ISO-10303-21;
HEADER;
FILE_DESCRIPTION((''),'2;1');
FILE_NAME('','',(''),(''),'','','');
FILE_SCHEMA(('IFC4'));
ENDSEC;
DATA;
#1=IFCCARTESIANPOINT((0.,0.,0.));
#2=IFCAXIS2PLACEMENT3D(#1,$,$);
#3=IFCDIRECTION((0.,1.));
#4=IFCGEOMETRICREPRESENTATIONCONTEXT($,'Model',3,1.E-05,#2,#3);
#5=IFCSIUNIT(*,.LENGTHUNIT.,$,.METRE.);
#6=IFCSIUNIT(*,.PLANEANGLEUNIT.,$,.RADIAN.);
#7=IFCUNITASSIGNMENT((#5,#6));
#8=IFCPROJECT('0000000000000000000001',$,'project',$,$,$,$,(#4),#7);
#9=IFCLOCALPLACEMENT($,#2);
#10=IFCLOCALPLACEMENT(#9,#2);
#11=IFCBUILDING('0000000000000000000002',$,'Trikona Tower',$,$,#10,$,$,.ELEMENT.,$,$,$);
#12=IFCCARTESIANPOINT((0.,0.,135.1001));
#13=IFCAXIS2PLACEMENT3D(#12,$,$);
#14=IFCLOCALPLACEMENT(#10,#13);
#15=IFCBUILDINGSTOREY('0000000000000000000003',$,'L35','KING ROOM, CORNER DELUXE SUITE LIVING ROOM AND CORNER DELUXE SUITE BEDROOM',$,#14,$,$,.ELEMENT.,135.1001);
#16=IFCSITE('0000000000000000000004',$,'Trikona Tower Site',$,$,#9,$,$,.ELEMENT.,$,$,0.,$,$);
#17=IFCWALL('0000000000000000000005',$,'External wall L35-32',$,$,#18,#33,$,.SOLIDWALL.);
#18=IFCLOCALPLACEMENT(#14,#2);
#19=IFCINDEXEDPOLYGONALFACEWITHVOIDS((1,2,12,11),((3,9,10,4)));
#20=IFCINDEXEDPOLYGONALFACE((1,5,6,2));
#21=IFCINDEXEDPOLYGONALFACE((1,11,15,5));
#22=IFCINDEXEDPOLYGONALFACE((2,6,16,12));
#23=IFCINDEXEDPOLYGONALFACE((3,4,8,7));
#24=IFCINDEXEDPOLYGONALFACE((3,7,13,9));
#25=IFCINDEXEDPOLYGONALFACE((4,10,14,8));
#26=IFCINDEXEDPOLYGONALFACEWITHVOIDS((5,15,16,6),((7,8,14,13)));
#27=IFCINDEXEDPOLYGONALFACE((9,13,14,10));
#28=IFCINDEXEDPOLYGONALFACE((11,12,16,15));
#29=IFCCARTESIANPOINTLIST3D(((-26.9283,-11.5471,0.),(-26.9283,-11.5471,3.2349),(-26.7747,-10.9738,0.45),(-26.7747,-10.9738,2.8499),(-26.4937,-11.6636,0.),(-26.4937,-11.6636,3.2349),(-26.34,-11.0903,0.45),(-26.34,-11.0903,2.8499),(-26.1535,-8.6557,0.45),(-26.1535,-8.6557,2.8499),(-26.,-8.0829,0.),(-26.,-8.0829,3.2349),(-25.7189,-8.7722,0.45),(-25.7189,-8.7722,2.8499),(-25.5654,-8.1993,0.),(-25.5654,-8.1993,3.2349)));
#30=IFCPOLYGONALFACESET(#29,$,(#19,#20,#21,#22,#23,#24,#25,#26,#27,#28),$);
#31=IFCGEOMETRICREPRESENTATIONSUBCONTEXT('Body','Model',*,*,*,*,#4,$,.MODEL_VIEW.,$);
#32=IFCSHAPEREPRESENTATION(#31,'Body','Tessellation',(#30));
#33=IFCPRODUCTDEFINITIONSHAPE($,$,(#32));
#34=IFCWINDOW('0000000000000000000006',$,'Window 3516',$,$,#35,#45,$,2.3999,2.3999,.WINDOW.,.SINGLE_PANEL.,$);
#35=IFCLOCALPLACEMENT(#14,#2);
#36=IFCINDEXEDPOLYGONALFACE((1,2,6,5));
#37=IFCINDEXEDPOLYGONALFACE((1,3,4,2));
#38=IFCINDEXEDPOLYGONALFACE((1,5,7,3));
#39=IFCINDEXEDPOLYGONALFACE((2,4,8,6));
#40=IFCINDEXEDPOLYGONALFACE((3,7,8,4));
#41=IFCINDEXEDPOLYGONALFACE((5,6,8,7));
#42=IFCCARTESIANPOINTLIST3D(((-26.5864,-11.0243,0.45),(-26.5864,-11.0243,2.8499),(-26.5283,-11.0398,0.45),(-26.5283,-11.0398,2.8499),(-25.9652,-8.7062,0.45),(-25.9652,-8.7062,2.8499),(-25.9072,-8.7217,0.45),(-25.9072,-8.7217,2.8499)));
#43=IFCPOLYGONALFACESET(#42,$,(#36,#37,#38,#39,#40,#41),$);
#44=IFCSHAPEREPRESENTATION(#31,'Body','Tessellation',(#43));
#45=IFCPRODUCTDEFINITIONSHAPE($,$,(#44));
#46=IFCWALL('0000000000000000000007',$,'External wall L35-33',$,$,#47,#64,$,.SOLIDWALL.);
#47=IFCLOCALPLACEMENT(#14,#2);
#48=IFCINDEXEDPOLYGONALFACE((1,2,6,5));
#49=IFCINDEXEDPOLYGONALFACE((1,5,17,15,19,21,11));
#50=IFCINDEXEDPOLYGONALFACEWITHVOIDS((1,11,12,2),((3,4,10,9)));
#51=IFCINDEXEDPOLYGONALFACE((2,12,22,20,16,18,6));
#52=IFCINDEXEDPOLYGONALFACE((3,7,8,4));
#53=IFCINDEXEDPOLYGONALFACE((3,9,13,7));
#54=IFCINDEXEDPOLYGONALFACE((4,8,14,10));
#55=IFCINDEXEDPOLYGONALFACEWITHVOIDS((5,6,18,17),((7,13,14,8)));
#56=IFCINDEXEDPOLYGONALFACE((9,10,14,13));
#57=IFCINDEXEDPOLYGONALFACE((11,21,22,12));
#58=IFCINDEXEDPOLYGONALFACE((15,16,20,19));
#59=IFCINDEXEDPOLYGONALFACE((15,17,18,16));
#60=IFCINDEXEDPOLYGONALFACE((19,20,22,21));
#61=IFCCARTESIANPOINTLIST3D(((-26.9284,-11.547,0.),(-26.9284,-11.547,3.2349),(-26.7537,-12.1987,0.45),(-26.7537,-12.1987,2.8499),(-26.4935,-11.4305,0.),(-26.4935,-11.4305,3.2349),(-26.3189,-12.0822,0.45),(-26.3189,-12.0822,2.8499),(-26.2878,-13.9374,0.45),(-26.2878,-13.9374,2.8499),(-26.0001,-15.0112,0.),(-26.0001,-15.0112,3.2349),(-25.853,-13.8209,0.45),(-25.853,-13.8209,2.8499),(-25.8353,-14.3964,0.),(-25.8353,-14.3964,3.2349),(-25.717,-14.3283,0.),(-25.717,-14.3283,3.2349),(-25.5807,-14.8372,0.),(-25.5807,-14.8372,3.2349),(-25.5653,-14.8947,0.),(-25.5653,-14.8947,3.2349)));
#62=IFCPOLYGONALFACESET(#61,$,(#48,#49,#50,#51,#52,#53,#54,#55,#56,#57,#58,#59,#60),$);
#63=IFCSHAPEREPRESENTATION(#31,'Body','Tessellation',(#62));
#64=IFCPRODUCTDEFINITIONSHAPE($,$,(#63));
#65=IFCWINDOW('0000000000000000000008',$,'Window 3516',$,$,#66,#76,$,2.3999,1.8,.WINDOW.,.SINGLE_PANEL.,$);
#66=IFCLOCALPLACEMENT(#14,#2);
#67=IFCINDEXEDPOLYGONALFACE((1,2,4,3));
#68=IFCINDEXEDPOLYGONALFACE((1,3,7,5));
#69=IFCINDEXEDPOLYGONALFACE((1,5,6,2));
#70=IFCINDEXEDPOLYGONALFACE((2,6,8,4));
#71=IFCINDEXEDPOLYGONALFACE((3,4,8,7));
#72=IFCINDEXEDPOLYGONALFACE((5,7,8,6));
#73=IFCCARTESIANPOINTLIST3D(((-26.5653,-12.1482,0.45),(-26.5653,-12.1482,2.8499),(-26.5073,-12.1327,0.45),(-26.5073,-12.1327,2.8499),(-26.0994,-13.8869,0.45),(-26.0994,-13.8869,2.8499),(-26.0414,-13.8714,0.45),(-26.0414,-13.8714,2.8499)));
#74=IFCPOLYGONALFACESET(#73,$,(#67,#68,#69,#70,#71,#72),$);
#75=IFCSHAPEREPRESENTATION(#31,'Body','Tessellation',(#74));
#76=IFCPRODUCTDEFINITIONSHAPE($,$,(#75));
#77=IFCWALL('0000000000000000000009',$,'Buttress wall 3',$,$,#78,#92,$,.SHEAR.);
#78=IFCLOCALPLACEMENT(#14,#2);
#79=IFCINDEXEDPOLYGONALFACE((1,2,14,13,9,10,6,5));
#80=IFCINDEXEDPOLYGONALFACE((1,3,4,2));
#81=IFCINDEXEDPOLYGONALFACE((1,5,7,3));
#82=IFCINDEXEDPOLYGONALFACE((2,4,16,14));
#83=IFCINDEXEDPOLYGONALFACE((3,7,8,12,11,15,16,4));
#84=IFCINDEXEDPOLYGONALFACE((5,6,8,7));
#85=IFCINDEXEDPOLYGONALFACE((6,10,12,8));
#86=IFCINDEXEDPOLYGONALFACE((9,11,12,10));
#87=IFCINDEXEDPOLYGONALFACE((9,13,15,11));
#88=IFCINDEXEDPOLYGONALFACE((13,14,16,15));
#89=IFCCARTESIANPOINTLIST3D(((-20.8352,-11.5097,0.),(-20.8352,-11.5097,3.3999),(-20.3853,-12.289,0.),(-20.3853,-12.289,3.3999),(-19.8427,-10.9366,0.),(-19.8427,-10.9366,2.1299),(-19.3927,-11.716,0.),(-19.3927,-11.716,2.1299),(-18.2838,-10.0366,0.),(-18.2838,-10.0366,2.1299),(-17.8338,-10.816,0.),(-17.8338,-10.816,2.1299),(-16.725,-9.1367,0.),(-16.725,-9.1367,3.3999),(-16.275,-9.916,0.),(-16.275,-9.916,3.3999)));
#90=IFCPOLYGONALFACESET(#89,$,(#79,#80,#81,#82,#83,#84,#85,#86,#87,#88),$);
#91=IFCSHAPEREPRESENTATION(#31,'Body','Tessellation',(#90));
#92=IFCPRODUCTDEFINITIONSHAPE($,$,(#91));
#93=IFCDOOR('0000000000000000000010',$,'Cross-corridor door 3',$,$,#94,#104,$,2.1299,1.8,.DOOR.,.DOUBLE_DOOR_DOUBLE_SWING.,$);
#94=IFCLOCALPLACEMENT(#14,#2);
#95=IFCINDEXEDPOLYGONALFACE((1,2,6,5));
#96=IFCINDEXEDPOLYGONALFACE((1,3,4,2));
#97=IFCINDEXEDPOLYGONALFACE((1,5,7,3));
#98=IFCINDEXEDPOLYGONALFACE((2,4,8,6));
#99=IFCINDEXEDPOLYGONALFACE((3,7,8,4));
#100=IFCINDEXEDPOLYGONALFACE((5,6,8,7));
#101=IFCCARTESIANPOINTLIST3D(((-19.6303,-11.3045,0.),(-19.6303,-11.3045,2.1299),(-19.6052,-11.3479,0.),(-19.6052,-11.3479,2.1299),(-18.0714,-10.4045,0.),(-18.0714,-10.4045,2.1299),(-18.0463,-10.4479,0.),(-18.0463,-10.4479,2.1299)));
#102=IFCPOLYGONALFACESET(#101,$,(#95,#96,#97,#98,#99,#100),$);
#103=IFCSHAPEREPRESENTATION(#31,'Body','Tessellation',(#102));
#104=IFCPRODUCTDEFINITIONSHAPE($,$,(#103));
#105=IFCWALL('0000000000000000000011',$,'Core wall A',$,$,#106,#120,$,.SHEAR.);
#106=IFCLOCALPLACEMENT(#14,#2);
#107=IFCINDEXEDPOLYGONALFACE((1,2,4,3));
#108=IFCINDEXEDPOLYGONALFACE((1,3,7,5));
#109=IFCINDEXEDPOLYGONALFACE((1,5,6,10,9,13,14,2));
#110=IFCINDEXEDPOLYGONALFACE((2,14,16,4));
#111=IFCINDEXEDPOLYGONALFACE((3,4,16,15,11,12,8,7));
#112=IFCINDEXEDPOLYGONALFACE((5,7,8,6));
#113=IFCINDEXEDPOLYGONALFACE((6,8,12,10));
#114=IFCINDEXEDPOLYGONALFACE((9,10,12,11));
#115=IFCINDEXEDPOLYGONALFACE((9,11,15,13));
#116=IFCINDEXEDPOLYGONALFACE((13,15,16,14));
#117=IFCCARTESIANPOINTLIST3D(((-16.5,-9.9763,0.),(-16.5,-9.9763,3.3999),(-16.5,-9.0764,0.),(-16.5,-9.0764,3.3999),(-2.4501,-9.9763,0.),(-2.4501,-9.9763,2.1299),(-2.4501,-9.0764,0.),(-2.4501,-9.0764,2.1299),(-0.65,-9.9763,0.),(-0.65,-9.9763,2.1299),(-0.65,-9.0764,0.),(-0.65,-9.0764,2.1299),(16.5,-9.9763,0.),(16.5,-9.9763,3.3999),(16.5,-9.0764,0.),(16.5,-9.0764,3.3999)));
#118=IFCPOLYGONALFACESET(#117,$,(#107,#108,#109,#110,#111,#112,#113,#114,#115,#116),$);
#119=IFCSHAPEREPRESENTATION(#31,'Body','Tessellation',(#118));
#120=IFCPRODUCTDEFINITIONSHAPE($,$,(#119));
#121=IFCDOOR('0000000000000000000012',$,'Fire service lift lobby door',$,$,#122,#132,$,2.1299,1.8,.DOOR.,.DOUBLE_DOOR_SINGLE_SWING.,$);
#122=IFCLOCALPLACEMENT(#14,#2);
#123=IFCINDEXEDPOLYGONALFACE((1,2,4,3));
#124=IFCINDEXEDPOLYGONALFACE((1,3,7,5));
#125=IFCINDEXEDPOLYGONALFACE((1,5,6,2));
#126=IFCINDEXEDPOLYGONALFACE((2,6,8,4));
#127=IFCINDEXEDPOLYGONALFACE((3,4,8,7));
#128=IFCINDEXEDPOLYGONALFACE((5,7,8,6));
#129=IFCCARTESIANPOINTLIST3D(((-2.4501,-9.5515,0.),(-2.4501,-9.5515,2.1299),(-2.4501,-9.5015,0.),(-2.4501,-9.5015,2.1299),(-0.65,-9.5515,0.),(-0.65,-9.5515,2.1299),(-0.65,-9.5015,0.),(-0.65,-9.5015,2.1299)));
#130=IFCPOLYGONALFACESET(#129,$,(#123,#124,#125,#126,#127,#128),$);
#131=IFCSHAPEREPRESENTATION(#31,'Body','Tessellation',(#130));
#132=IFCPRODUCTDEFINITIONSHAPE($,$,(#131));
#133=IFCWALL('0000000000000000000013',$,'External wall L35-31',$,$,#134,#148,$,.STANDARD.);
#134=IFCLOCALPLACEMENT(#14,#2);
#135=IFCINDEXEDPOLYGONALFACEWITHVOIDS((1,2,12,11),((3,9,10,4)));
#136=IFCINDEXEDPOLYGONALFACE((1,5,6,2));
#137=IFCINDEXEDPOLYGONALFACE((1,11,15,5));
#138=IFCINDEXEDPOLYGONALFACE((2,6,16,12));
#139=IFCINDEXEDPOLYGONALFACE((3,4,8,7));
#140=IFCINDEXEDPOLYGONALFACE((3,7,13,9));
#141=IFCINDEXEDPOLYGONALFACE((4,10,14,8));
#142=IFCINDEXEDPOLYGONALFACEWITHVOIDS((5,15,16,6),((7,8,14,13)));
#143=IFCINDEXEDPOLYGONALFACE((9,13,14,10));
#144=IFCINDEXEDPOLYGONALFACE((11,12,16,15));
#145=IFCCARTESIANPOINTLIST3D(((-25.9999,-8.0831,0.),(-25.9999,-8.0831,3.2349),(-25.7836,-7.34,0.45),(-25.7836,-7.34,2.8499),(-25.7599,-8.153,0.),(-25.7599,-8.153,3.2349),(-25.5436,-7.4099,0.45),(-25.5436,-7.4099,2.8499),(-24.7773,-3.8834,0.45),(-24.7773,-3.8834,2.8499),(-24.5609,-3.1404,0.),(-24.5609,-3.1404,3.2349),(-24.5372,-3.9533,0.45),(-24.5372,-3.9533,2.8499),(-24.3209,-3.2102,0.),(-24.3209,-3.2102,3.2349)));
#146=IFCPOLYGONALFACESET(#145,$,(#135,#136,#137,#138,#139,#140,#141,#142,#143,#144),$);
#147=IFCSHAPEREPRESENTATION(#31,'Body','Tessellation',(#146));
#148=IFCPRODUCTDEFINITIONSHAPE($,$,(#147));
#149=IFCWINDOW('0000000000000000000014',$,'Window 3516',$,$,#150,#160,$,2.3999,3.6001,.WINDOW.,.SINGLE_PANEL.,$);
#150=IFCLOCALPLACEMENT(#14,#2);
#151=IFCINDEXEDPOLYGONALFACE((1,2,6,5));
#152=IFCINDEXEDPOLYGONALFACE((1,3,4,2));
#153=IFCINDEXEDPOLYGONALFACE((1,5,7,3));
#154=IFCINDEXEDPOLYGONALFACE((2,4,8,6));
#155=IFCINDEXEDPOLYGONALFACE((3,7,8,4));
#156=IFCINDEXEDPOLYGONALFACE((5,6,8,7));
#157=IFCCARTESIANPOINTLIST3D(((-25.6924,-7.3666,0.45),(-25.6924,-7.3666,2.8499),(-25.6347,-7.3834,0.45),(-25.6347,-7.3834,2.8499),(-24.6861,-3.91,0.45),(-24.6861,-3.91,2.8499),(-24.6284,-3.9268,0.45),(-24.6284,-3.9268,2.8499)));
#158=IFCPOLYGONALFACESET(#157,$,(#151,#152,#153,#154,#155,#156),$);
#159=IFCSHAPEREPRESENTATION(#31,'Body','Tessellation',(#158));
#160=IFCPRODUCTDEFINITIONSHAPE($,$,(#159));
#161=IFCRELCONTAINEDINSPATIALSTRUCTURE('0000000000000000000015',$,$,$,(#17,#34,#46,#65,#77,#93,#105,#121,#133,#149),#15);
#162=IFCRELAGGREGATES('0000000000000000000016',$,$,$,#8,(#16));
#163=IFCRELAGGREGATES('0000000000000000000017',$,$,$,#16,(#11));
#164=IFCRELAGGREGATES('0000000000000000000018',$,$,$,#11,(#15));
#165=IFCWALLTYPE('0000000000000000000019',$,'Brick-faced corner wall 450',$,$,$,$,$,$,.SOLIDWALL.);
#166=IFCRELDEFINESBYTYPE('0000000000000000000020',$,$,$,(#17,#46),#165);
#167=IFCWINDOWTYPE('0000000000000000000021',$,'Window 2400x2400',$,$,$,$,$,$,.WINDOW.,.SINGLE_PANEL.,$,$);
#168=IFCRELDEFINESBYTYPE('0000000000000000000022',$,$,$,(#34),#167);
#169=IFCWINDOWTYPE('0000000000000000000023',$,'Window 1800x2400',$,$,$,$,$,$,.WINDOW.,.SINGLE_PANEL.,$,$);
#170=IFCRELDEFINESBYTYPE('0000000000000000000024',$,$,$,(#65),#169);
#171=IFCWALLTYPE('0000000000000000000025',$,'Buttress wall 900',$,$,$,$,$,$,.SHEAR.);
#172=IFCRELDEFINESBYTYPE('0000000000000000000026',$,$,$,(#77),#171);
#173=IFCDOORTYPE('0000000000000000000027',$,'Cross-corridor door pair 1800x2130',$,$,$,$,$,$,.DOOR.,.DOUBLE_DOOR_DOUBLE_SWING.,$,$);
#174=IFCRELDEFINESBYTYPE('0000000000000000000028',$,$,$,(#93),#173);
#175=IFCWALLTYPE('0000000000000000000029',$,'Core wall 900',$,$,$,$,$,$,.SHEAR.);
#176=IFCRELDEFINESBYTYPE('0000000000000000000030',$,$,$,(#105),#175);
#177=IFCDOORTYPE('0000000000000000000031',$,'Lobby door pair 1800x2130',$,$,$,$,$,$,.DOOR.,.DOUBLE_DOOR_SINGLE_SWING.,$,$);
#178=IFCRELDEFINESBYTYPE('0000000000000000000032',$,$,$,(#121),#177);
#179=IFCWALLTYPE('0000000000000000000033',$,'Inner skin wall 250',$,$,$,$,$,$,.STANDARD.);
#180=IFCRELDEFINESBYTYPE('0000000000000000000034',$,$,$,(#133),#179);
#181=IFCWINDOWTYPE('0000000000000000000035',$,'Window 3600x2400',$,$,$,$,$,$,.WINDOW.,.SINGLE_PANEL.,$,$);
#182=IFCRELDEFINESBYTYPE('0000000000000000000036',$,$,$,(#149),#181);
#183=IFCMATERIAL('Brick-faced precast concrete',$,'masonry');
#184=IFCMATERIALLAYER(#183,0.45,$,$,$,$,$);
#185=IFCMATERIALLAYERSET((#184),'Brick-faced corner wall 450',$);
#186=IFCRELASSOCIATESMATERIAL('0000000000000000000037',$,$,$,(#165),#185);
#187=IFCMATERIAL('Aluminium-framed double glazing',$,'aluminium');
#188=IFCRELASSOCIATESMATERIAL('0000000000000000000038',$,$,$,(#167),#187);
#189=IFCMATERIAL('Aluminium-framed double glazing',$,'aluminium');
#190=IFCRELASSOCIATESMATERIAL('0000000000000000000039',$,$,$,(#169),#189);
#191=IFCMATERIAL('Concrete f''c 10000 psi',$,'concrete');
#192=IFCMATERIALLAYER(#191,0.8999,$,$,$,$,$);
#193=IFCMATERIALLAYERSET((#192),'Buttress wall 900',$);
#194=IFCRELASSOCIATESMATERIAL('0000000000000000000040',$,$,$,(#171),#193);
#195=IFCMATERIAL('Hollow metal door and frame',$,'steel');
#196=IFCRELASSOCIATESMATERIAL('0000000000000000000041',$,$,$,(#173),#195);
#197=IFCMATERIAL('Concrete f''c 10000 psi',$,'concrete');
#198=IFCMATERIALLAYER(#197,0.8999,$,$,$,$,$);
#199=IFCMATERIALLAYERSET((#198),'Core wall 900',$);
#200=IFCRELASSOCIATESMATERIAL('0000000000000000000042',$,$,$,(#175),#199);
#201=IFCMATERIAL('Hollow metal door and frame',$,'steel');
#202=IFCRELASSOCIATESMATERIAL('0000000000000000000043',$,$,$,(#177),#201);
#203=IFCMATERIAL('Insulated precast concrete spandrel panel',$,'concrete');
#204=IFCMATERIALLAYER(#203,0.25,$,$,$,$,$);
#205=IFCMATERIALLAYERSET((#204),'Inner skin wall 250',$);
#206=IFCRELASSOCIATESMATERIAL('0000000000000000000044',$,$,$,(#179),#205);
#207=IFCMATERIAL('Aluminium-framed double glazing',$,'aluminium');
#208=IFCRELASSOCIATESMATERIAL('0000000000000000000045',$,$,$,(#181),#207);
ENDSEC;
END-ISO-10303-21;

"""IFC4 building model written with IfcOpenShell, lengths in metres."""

from ifc_helpers import new_model, si_unit, direction, frame, frame_2d, origin, place, context, subcontext, project, spatial, polyline, rectangle, outline, extrude, material, layer, layer_set, type_object, element, fill, save


model = new_model("IFC4")

# Units and contexts
model_context = context("Model", 3, precision=1e-05, world=origin(), true_north=direction((0.0, 1.0)))
body_context = subcontext(model_context, "Body", "Model", "MODEL_VIEW")
ifc_project = project(units=[si_unit("LENGTHUNIT", "METRE"), si_unit("PLANEANGLEUNIT", "RADIAN")], contexts=[model_context])

# Site, building, storey
site_placement = place(None, origin())
site = spatial("IfcSite", under=ifc_project, at=site_placement, Name="Trikona Tower Site", CompositionType="ELEMENT", RefElevation=0.0)
building_placement = place(site_placement, origin())
building = spatial("IfcBuilding", under=site, at=building_placement, Name="Trikona Tower", CompositionType="ELEMENT")
storey_placement = place(building_placement, frame((0.0, 0.0, 135.1001)))
storey = spatial("IfcBuildingStorey", under=building, at=storey_placement, Name="L35", Description="KING ROOM, CORNER DELUXE SUITE LIVING ROOM AND CORNER DELUXE SUITE BEDROOM", CompositionType="ELEMENT", Elevation=135.1001)

# Walls, openings, windows
ifc_material_1 = material(Name="Brick-faced precast concrete", Category="masonry")
ifc_layer_1 = layer(ifc_material_1, 0.45)
ifc_layer_set_1 = layer_set([ifc_layer_1], Name="Brick-faced corner wall 450")
wall_type_1 = type_object("IfcWallType", Name="Brick-faced corner wall 450", PredefinedType="SOLIDWALL", material=ifc_layer_set_1)
wall_1_placement = place(storey_placement, frame((-25.7827, -8.1411, 0.0), z_axis=(0.0, 0.0, 1.0), x_axis=(-0.258823, -0.965925, 0.0)))
wall_1 = element("IfcWall", 1, at=wall_1_placement, inside=storey, type_object=wall_type_1, Name="External wall L35-32", PredefinedType="SOLIDWALL", context=body_context, shape_type="SweptSolid", body=[
    extrude(rectangle(XDim=3.5864, YDim=0.45, at=frame_2d((1.7932, 0.0))), origin(), (0.0, 0.0, 1.0), 3.2349),
])
opening_1_placement = place(wall_1_placement, frame((0.593, 0.0, 0.45)))
opening_1 = element("IfcOpeningElement", 2, at=opening_1_placement, cuts=wall_1, PredefinedType="OPENING", context=body_context, shape_type="SweptSolid", body=[
    extrude(rectangle(XDim=2.3999, YDim=2.3999, at=frame_2d((1.2, 1.2))), frame((0.0, 0.2349, 0.0), z_axis=(0.0, -1.0, 0.0), x_axis=(1.0, 0.0, 0.0)), (0.0, 0.0, 1.0), 0.47),
])
ifc_material_2 = material(Name="Aluminium-framed double glazing", Category="aluminium")
window_type_1 = type_object("IfcWindowType", Name="Window 2400x2400", PartitioningType="SINGLE_PANEL", PredefinedType="WINDOW", material=ifc_material_2)
window_1_placement = place(opening_1_placement, origin())
window_1 = element("IfcWindow", 3, at=window_1_placement, inside=storey, type_object=window_type_1, Name="Window 3516", OverallHeight=2.3999, OverallWidth=2.3999, PartitioningType="SINGLE_PANEL", PredefinedType="WINDOW", context=body_context, shape_type="SweptSolid", body=[
    extrude(rectangle(XDim=2.3999, YDim=2.3999, at=frame_2d((1.2, 1.2))), frame((0.0, 0.03, 0.0), z_axis=(0.0, -1.0, 0.0), x_axis=(1.0, 0.0, 0.0)), (0.0, 0.0, 1.0), 0.0601),
])
fill(opening_1, window_1)
wall_2_placement = place(storey_placement, frame((-26.7109, -11.4888, 0.0), z_axis=(0.0, 0.0, 1.0), x_axis=(0.258823, -0.965925, 0.0)))
wall_2 = element("IfcWall", 4, at=wall_2_placement, inside=storey, type_object=wall_type_1, Name="External wall L35-33", PredefinedType="SOLIDWALL", context=body_context, shape_type="SweptSolid", body=[
    extrude(outline(polyline([(3.5864, 0.2251), (3.5269, 0.2251), (3.0352, 0.0933), (3.0, 0.2251), (0.0, 0.2251), (0.0, -0.2251), (3.5864, -0.2251), (3.5864, 0.2251)])), origin(), (0.0, 0.0, 1.0), 3.2349),
])
opening_2_placement = place(wall_2_placement, frame((0.6748, 0.0, 0.45)))
opening_2 = element("IfcOpeningElement", 5, at=opening_2_placement, cuts=wall_2, PredefinedType="OPENING", context=body_context, shape_type="SweptSolid", body=[
    extrude(rectangle(XDim=1.8, YDim=2.3999, at=frame_2d((0.8999, 1.2))), frame((0.0, 0.2349, 0.0), z_axis=(0.0, -1.0, 0.0), x_axis=(1.0, 0.0, 0.0)), (0.0, 0.0, 1.0), 0.47),
])
ifc_material_3 = material(Name="Aluminium-framed double glazing", Category="aluminium")
window_type_2 = type_object("IfcWindowType", Name="Window 1800x2400", PartitioningType="SINGLE_PANEL", PredefinedType="WINDOW", material=ifc_material_3)
window_2_placement = place(opening_2_placement, origin())
window_2 = element("IfcWindow", 6, at=window_2_placement, inside=storey, type_object=window_type_2, Name="Window 3516", OverallHeight=2.3999, OverallWidth=1.8, PartitioningType="SINGLE_PANEL", PredefinedType="WINDOW", context=body_context, shape_type="SweptSolid", body=[
    extrude(rectangle(XDim=1.8, YDim=2.3999, at=frame_2d((0.8999, 1.2))), frame((0.0, 0.03, 0.0), z_axis=(0.0, -1.0, 0.0), x_axis=(1.0, 0.0, 0.0)), (0.0, 0.0, 1.0), 0.0601),
])
fill(opening_2, window_2)

# Walls, openings, doors
ifc_material_4 = material(Name="Concrete f'c 10000 psi", Category="concrete")
ifc_layer_2 = layer(ifc_material_4, 0.8999)
ifc_layer_set_2 = layer_set([ifc_layer_2], Name="Buttress wall 900")
wall_type_2 = type_object("IfcWallType", Name="Buttress wall 900", PredefinedType="SHEAR", material=ifc_layer_set_2)
wall_3_placement = place(storey_placement, frame((-16.5, -9.5264, 0.0), z_axis=(0.0, 0.0, 1.0), x_axis=(-0.866031, -0.49999, 0.0)))
wall_3 = element("IfcWall", 7, at=wall_3_placement, inside=storey, type_object=wall_type_2, Name="Buttress wall 3", PredefinedType="SHEAR", context=body_context, shape_type="SweptSolid", body=[
    extrude(rectangle(XDim=4.7461, YDim=0.8999, at=frame_2d((2.373, 0.0))), origin(), (0.0, 0.0, 1.0), 3.3999),
])
opening_3_placement = place(wall_3_placement, frame((1.8, 0.0, 0.0)))
opening_3 = element("IfcOpeningElement", 8, at=opening_3_placement, cuts=wall_3, PredefinedType="OPENING", context=body_context, shape_type="SweptSolid", body=[
    extrude(rectangle(XDim=1.8, YDim=2.1299, at=frame_2d((0.8999, 1.0649))), frame((0.0, 0.46, 0.0), z_axis=(0.0, -1.0, 0.0), x_axis=(1.0, 0.0, 0.0)), (0.0, 0.0, 1.0), 0.9199),
])
ifc_material_5 = material(Name="Hollow metal door and frame", Category="steel")
door_type_1 = type_object("IfcDoorType", Name="Cross-corridor door pair 1800x2130", OperationType="DOUBLE_DOOR_DOUBLE_SWING", PredefinedType="DOOR", material=ifc_material_5)
door_1_placement = place(opening_3_placement, origin())
door_1 = element("IfcDoor", 9, at=door_1_placement, inside=storey, type_object=door_type_1, Name="Cross-corridor door 3", OperationType="DOUBLE_DOOR_DOUBLE_SWING", OverallHeight=2.1299, OverallWidth=1.8, PredefinedType="DOOR", context=body_context, shape_type="SweptSolid", body=[
    extrude(rectangle(XDim=1.8, YDim=2.1299, at=frame_2d((0.8999, 1.0649))), frame((0.0, 0.0249, 0.0), z_axis=(0.0, -1.0, 0.0), x_axis=(1.0, 0.0, 0.0)), (0.0, 0.0, 1.0), 0.05),
])
fill(opening_3, door_1)
ifc_material_6 = material(Name="Concrete f'c 10000 psi", Category="concrete")
ifc_layer_3 = layer(ifc_material_6, 0.8999)
ifc_layer_set_3 = layer_set([ifc_layer_3], Name="Core wall 900")
wall_type_3 = type_object("IfcWallType", Name="Core wall 900", PredefinedType="SHEAR", material=ifc_layer_set_3)
wall_4_placement = place(storey_placement, frame((-16.5, -9.5264, 0.0), z_axis=(0.0, 0.0, 1.0), x_axis=(1.0, 0.0, 0.0)))
wall_4 = element("IfcWall", 10, at=wall_4_placement, inside=storey, type_object=wall_type_3, Name="Core wall A", PredefinedType="SHEAR", context=body_context, shape_type="SweptSolid", body=[
    extrude(rectangle(XDim=33.0, YDim=0.8999, at=frame_2d((16.5, 0.0))), origin(), (0.0, 0.0, 1.0), 3.3999),
])
opening_4_placement = place(wall_4_placement, frame((14.05, 0.0, 0.0)))
opening_4 = element("IfcOpeningElement", 11, at=opening_4_placement, cuts=wall_4, PredefinedType="OPENING", context=body_context, shape_type="SweptSolid", body=[
    extrude(rectangle(XDim=1.8, YDim=2.1299, at=frame_2d((0.8999, 1.0649))), frame((0.0, 0.46, 0.0), z_axis=(0.0, -1.0, 0.0), x_axis=(1.0, 0.0, 0.0)), (0.0, 0.0, 1.0), 0.9199),
])
ifc_material_7 = material(Name="Hollow metal door and frame", Category="steel")
door_type_2 = type_object("IfcDoorType", Name="Lobby door pair 1800x2130", OperationType="DOUBLE_DOOR_SINGLE_SWING", PredefinedType="DOOR", material=ifc_material_7)
door_2_placement = place(opening_4_placement, origin())
door_2 = element("IfcDoor", 12, at=door_2_placement, inside=storey, type_object=door_type_2, Name="Fire service lift lobby door", OperationType="DOUBLE_DOOR_SINGLE_SWING", OverallHeight=2.1299, OverallWidth=1.8, PredefinedType="DOOR", context=body_context, shape_type="SweptSolid", body=[
    extrude(rectangle(XDim=1.8, YDim=2.1299, at=frame_2d((0.8999, 1.0649))), frame((0.0, 0.0249, 0.0), z_axis=(0.0, -1.0, 0.0), x_axis=(1.0, 0.0, 0.0)), (0.0, 0.0, 1.0), 0.05),
])
fill(opening_4, door_2)

# Wall, opening, window
ifc_material_8 = material(Name="Insulated precast concrete spandrel panel", Category="concrete")
ifc_layer_4 = layer(ifc_material_8, 0.25)
ifc_layer_set_4 = layer_set([ifc_layer_4], Name="Inner skin wall 250")
wall_type_4 = type_object("IfcWallType", Name="Inner skin wall 250", PredefinedType="STANDARD", material=ifc_layer_set_4)
wall_5_placement = place(storey_placement, frame((-24.4409, -3.1753, 0.0), z_axis=(0.0, 0.0, 1.0), x_axis=(-0.279528, -0.960137, 0.0)))
wall_5 = element("IfcWall", 13, at=wall_5_placement, inside=storey, type_object=wall_type_4, Name="External wall L35-31", PredefinedType="STANDARD", context=body_context, shape_type="SweptSolid", body=[
    extrude(rectangle(XDim=5.1479, YDim=0.25, at=frame_2d((2.574, 0.0))), origin(), (0.0, 0.0, 1.0), 3.2349),
])
opening_5_placement = place(wall_5_placement, frame((0.7739, 0.0, 0.45)))
opening_5 = element("IfcOpeningElement", 14, at=opening_5_placement, cuts=wall_5, PredefinedType="OPENING", context=body_context, shape_type="SweptSolid", body=[
    extrude(rectangle(XDim=3.6001, YDim=2.3999, at=frame_2d((1.8, 1.2))), frame((0.0, 0.135, 0.0), z_axis=(0.0, -1.0, 0.0), x_axis=(1.0, 0.0, 0.0)), (0.0, 0.0, 1.0), 0.27),
])
ifc_material_9 = material(Name="Aluminium-framed double glazing", Category="aluminium")
window_type_3 = type_object("IfcWindowType", Name="Window 3600x2400", PartitioningType="SINGLE_PANEL", PredefinedType="WINDOW", material=ifc_material_9)
window_3_placement = place(opening_5_placement, origin())
window_3 = element("IfcWindow", 15, at=window_3_placement, inside=storey, type_object=window_type_3, Name="Window 3516", OverallHeight=2.3999, OverallWidth=3.6001, PartitioningType="SINGLE_PANEL", PredefinedType="WINDOW", context=body_context, shape_type="SweptSolid", body=[
    extrude(rectangle(XDim=3.6001, YDim=2.3999, at=frame_2d((1.8, 1.2))), frame((0.0, 0.03, 0.0), z_axis=(0.0, -1.0, 0.0), x_axis=(1.0, 0.0, 0.0)), (0.0, 0.0, 1.0), 0.0601),
])
fill(opening_5, window_3)

save(model, "model.ifc")
